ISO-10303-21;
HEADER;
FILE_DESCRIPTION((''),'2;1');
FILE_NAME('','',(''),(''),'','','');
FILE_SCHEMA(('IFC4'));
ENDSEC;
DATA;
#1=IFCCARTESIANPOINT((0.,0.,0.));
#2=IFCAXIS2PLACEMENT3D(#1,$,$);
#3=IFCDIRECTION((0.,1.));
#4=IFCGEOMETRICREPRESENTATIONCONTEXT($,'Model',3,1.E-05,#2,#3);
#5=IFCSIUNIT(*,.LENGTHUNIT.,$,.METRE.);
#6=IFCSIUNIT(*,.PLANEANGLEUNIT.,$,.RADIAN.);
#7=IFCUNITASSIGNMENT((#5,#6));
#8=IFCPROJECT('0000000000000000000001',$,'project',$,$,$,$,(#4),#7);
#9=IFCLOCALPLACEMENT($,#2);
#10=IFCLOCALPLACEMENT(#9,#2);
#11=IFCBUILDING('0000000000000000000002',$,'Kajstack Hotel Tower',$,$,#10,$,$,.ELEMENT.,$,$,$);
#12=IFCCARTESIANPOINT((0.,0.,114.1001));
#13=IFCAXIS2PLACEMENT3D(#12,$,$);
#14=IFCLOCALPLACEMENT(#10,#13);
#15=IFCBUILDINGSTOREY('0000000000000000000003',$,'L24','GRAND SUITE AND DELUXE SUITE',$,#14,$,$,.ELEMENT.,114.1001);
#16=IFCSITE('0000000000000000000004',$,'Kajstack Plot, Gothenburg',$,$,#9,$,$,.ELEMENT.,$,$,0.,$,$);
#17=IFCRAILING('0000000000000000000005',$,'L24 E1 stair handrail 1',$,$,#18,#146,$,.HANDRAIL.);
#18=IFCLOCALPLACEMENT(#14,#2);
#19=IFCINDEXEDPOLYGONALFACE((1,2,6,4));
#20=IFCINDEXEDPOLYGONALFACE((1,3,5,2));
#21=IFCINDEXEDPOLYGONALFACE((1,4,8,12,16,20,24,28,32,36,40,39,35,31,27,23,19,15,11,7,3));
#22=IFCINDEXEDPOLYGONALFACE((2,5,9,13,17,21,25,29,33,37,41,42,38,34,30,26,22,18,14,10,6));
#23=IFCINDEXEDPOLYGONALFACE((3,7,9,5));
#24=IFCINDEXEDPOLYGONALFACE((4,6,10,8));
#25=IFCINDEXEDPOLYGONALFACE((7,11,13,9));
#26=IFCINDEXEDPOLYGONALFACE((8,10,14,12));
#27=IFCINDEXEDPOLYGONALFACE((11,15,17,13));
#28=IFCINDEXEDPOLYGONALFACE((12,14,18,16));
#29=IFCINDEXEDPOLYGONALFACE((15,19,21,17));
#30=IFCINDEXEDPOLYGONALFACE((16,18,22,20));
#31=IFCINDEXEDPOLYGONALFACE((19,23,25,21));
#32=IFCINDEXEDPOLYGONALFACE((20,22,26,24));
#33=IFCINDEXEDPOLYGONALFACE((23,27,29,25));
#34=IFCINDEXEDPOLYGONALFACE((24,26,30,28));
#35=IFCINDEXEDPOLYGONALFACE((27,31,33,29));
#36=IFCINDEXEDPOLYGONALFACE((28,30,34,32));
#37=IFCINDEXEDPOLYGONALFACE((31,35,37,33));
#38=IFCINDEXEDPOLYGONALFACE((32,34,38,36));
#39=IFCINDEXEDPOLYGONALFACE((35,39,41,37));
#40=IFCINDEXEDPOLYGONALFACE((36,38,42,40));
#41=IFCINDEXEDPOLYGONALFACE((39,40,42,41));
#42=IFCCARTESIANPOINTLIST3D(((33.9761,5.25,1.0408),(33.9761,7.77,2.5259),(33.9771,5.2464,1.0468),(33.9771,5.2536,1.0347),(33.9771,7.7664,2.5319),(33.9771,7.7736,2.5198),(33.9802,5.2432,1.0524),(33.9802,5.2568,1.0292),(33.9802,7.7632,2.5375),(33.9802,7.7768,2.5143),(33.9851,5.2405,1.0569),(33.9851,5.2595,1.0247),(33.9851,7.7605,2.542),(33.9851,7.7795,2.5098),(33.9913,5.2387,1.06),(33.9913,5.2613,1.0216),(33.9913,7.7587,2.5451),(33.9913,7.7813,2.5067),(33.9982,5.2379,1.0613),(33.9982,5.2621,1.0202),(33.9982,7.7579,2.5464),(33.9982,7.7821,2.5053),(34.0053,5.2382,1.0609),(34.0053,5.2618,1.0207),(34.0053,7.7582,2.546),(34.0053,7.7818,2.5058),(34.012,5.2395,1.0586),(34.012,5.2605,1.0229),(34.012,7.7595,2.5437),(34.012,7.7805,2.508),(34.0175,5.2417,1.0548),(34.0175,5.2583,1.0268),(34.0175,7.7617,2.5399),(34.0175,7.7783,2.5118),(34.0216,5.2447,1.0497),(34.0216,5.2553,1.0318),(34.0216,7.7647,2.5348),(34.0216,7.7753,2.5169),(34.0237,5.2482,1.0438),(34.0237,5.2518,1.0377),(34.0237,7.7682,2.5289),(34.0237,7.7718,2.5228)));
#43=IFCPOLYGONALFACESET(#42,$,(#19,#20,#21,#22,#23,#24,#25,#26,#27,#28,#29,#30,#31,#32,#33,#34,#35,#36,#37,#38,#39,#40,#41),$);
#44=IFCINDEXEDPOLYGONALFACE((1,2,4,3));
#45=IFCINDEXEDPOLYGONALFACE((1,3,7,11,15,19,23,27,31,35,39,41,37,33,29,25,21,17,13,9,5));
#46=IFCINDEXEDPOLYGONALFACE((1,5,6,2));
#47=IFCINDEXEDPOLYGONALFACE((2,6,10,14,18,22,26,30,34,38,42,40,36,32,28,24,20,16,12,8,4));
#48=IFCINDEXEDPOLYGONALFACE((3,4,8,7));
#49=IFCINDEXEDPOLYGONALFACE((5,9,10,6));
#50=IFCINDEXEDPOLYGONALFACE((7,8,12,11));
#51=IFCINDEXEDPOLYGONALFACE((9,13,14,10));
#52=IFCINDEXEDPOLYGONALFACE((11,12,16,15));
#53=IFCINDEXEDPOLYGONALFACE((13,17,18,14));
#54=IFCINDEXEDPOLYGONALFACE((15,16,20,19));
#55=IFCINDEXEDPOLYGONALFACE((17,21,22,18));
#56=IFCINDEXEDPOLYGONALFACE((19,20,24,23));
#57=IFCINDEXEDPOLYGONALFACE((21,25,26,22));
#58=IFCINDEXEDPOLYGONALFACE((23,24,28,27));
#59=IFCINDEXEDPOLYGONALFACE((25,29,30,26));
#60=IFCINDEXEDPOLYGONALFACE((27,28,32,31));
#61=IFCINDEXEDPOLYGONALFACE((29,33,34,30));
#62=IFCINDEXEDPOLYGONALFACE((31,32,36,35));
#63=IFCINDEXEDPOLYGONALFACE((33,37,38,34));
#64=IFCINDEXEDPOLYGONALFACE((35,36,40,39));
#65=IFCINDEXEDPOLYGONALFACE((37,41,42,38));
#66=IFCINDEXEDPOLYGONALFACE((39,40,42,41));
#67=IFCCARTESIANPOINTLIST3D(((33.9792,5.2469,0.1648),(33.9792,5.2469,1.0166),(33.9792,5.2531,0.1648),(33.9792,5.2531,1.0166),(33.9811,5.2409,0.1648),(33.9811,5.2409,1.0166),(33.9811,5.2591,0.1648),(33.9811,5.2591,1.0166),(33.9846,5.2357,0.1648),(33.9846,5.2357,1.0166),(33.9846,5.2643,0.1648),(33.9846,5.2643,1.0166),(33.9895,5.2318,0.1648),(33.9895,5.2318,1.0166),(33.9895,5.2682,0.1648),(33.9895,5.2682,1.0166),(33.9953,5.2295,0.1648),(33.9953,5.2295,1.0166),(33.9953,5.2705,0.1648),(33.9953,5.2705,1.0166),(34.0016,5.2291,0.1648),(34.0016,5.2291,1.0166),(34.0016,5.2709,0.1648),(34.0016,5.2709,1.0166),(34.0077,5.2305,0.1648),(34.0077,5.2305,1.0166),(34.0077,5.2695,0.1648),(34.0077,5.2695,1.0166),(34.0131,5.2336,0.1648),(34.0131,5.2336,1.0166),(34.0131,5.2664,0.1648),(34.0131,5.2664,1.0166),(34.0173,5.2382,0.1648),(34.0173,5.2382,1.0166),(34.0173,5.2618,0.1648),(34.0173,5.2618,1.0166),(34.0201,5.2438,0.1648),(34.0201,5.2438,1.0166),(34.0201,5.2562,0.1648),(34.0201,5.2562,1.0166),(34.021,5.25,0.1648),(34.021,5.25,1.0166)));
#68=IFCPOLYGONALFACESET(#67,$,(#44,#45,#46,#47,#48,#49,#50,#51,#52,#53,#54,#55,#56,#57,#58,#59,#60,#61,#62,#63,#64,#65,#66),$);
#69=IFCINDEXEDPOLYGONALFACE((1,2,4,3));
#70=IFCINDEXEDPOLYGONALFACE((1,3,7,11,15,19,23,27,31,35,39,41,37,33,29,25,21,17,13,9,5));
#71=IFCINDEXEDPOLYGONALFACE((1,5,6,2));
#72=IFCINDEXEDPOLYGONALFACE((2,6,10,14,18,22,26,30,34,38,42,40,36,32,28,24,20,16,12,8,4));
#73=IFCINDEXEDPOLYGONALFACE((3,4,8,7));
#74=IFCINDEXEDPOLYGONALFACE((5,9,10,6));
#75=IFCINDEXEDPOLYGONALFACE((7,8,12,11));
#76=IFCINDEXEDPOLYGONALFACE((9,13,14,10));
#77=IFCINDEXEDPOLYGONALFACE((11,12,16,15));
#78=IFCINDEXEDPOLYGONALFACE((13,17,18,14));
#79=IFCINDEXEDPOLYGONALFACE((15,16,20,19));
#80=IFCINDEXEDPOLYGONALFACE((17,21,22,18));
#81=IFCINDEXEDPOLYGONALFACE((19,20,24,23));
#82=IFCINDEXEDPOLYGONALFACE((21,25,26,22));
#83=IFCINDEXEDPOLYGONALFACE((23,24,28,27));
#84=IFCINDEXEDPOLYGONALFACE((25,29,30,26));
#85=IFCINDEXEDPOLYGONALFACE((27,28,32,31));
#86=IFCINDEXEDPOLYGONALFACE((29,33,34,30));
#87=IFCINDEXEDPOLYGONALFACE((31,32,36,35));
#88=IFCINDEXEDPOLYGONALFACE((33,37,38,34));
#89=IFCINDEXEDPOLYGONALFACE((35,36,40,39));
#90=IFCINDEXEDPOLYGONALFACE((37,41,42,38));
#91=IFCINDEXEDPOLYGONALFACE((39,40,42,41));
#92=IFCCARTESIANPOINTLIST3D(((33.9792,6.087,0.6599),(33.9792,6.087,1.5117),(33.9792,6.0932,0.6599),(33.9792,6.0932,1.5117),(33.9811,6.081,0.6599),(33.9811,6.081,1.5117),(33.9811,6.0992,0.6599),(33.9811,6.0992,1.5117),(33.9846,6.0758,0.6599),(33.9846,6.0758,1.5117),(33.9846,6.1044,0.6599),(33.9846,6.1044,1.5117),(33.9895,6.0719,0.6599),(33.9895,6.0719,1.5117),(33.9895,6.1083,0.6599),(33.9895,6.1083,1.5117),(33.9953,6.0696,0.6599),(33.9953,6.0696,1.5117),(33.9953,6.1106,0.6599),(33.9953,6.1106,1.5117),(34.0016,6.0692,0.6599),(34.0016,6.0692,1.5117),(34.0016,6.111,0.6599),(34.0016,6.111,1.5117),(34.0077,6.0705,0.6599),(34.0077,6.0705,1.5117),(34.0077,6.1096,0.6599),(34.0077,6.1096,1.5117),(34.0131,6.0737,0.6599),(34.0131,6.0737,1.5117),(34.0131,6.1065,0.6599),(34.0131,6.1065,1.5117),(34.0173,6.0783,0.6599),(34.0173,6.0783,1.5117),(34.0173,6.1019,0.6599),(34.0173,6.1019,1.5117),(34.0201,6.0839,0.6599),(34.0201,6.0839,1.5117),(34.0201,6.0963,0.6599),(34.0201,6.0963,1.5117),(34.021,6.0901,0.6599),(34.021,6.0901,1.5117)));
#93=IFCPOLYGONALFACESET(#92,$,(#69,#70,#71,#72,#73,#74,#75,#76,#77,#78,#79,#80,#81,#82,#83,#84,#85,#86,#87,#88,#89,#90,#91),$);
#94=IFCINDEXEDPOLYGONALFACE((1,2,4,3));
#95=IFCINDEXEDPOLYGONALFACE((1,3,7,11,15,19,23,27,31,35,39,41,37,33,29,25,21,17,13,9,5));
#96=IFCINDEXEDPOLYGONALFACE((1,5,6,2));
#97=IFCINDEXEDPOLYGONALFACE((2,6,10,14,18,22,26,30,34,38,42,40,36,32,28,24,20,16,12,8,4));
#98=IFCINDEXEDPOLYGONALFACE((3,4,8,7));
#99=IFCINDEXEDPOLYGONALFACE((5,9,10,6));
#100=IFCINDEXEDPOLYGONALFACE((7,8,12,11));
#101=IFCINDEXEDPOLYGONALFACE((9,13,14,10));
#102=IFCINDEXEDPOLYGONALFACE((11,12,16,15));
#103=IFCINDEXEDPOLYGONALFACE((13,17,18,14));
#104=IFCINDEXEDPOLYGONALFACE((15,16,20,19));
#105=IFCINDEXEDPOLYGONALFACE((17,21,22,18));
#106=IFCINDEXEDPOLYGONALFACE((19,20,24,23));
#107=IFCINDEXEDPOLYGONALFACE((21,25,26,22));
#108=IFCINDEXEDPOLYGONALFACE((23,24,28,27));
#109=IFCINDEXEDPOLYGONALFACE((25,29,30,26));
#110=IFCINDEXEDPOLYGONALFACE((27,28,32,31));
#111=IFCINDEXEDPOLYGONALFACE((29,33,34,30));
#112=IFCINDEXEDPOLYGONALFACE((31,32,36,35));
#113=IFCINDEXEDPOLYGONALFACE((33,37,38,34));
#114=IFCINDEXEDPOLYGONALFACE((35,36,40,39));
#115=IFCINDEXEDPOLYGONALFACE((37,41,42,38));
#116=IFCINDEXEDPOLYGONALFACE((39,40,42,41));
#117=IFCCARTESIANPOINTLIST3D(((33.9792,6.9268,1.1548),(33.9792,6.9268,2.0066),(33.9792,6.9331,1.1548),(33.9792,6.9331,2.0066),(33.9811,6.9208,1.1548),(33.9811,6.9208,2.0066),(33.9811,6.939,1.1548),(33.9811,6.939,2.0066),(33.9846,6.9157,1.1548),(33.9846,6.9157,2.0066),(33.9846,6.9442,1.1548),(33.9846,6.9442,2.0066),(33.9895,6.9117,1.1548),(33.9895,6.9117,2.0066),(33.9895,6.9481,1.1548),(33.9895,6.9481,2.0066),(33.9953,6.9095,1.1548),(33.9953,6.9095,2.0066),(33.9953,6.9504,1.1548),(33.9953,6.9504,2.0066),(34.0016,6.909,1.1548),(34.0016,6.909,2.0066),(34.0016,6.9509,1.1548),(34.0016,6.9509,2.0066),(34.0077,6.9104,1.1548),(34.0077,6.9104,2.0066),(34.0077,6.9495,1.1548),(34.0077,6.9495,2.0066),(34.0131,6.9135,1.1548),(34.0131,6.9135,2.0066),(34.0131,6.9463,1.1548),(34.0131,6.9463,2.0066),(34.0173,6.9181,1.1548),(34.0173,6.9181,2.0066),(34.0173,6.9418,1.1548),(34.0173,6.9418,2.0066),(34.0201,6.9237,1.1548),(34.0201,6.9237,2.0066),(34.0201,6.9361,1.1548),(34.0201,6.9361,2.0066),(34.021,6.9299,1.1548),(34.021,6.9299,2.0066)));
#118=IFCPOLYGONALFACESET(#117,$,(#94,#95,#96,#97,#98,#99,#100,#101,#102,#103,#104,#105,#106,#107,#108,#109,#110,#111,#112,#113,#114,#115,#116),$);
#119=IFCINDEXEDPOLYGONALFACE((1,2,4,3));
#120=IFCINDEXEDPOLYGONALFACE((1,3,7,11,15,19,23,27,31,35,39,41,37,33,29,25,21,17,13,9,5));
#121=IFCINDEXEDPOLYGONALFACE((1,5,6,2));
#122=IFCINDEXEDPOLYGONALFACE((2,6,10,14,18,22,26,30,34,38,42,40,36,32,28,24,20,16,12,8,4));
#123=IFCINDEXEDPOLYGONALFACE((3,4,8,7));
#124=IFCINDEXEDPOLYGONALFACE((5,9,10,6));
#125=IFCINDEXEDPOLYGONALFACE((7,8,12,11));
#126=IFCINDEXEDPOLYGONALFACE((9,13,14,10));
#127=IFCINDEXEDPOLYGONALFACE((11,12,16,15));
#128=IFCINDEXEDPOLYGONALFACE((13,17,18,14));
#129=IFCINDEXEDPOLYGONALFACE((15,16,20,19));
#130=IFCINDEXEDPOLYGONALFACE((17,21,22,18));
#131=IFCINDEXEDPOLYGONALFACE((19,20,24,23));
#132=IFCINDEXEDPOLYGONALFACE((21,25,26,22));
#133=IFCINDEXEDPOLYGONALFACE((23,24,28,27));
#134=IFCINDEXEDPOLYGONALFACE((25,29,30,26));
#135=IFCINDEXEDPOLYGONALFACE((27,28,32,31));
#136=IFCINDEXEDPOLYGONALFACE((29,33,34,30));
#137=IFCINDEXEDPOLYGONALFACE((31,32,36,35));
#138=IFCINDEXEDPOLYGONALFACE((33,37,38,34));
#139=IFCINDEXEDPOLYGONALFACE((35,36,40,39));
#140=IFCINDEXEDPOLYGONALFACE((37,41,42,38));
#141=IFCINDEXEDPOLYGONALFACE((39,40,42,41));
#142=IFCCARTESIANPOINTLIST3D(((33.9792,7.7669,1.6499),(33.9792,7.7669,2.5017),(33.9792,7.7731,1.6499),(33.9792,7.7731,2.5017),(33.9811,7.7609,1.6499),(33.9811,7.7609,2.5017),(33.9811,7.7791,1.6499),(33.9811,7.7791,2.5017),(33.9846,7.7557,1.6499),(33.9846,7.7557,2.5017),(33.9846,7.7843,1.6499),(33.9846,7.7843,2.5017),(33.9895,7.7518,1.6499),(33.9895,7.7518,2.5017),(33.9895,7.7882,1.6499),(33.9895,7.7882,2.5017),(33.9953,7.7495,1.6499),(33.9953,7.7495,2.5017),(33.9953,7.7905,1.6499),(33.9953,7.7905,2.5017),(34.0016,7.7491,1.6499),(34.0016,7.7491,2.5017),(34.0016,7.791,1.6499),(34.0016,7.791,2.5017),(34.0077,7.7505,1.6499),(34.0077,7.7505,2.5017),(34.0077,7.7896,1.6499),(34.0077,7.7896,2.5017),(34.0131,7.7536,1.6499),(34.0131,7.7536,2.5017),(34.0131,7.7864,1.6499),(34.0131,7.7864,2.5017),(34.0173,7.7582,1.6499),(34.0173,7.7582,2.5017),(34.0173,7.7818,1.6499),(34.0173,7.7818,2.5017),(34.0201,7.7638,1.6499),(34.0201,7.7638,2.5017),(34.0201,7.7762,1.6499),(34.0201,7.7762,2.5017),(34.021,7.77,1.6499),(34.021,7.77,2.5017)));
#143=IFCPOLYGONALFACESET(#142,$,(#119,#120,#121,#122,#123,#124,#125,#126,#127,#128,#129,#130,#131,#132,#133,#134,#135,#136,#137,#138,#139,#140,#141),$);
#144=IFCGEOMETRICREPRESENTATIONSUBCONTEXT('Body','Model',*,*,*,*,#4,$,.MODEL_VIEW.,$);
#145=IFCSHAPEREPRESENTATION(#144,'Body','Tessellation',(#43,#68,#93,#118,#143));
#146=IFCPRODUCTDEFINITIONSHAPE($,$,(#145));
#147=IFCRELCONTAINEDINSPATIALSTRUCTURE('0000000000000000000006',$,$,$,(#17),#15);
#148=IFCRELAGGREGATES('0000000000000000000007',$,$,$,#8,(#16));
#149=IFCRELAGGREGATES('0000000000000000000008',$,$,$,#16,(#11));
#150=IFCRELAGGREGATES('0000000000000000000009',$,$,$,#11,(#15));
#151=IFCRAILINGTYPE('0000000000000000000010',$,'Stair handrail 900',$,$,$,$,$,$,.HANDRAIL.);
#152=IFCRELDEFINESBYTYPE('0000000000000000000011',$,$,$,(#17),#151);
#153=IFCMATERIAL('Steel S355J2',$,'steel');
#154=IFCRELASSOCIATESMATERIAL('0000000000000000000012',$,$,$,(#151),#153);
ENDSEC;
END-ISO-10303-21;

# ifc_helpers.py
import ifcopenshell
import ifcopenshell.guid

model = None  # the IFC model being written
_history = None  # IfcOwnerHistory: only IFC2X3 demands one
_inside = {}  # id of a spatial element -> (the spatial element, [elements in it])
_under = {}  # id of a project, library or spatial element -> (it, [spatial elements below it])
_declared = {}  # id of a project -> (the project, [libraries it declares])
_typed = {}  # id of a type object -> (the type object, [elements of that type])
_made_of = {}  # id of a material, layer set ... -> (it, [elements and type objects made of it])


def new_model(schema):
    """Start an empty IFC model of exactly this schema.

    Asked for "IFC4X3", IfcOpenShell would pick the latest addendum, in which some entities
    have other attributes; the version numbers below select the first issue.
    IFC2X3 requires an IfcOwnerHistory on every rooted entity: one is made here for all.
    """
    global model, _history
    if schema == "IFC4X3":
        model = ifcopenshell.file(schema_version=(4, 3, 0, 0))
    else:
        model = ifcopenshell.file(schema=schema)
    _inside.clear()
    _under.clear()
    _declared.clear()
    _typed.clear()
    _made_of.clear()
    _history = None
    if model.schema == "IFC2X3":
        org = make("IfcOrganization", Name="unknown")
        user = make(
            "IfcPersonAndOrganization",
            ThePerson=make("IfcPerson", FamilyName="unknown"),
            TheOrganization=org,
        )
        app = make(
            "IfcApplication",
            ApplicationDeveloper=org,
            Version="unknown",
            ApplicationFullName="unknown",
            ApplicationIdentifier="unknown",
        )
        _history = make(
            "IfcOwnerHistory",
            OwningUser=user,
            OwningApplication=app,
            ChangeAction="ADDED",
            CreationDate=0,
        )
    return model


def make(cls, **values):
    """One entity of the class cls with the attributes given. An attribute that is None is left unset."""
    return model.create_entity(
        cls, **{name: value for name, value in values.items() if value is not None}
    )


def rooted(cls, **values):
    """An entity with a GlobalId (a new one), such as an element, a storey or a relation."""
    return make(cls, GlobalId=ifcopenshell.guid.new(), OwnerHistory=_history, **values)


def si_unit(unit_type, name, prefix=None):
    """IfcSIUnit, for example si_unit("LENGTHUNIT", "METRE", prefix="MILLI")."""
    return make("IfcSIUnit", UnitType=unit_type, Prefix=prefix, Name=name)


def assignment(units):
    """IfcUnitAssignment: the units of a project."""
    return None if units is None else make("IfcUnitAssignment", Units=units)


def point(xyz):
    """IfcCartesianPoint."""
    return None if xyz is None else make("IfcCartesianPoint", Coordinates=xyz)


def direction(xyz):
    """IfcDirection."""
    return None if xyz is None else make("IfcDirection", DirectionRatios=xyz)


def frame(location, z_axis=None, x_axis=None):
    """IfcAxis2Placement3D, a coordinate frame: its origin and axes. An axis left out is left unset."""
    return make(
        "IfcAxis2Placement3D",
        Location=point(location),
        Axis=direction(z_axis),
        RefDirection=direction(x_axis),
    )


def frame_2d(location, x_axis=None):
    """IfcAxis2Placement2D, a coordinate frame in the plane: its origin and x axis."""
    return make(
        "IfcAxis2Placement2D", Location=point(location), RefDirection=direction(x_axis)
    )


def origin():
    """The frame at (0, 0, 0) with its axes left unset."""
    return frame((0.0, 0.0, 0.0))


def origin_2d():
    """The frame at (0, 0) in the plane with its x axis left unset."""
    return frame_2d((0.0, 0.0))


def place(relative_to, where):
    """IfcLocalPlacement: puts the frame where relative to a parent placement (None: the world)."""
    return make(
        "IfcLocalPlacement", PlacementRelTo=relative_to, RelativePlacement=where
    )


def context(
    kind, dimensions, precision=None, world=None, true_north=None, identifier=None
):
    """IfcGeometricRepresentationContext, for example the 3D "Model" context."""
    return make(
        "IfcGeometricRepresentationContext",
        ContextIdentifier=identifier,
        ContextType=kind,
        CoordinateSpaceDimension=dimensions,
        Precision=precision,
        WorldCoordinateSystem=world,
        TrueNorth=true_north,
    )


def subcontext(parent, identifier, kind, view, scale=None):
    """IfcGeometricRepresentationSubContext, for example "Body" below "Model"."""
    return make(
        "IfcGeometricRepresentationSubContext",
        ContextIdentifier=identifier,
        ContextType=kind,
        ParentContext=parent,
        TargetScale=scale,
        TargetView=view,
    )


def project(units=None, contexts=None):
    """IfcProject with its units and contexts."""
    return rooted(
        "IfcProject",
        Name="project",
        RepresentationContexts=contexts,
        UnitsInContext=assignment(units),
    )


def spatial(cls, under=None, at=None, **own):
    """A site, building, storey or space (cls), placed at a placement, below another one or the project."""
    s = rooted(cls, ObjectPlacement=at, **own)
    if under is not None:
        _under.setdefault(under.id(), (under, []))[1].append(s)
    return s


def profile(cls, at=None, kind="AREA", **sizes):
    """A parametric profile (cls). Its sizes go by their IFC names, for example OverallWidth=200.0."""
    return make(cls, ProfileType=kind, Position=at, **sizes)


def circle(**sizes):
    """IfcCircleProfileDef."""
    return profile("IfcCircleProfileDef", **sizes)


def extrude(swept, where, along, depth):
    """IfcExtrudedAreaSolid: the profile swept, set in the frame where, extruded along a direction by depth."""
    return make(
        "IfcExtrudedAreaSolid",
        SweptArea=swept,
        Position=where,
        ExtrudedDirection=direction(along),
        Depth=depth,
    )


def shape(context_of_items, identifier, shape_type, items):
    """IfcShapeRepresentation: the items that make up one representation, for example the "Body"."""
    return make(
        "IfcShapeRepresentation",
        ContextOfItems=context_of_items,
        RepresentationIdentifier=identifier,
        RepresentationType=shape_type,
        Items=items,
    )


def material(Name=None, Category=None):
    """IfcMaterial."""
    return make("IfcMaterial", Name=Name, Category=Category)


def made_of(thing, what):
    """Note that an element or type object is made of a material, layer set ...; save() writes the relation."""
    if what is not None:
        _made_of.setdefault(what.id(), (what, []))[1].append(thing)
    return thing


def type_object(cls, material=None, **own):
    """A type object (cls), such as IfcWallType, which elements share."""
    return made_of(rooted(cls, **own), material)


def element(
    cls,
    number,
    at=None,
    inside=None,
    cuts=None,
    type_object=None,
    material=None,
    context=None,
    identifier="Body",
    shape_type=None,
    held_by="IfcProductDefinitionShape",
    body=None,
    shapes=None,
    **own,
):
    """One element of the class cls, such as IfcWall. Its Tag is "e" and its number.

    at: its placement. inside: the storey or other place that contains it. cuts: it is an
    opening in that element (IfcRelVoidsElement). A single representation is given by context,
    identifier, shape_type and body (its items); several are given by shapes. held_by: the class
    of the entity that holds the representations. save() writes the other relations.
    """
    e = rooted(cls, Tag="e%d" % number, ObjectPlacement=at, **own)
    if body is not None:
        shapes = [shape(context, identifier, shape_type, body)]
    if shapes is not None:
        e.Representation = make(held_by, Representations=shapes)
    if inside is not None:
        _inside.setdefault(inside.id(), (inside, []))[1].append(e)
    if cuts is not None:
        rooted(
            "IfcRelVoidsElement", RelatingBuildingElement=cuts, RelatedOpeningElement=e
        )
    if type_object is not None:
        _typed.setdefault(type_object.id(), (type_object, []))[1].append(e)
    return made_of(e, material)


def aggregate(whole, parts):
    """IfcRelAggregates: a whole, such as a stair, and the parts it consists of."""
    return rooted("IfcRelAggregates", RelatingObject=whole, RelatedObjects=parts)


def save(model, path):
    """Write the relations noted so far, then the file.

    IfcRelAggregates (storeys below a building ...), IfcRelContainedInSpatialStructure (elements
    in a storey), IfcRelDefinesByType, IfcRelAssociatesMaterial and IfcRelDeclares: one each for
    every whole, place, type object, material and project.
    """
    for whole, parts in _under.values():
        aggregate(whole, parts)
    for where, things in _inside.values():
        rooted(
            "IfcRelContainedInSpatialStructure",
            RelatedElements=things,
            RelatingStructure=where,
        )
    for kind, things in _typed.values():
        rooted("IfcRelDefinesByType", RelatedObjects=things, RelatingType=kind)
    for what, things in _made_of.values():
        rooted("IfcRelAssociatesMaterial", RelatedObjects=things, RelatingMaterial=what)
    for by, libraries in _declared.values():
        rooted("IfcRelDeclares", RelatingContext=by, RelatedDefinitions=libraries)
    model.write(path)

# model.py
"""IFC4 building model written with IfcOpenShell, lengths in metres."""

from ifc_helpers import new_model, si_unit, direction, frame, origin, origin_2d, place, context, subcontext, project, spatial, circle, extrude, material, type_object, element, save


model = new_model("IFC4")

# Units and contexts
model_context = context("Model", 3, precision=1e-05, world=origin(), true_north=direction((0.0, 1.0)))
body_context = subcontext(model_context, "Body", "Model", "MODEL_VIEW")
ifc_project = project(units=[si_unit("LENGTHUNIT", "METRE"), si_unit("PLANEANGLEUNIT", "RADIAN")], contexts=[model_context])

# Site, building, storey
site_placement = place(None, origin())
site = spatial("IfcSite", under=ifc_project, at=site_placement, Name="Kajstack Plot, Gothenburg", CompositionType="ELEMENT", RefElevation=0.0)
building_placement = place(site_placement, origin())
building = spatial("IfcBuilding", under=site, at=building_placement, Name="Kajstack Hotel Tower", CompositionType="ELEMENT")
storey_placement = place(building_placement, frame((0.0, 0.0, 114.1001)))
storey = spatial("IfcBuildingStorey", under=building, at=storey_placement, Name="L24", Description="GRAND SUITE AND DELUXE SUITE", CompositionType="ELEMENT", Elevation=114.1001)

# Railing
ifc_material_1 = material(Name="Steel S355J2", Category="steel")
railing_type_1 = type_object("IfcRailingType", Name="Stair handrail 900", PredefinedType="HANDRAIL", material=ifc_material_1)
railing_1_placement = place(storey_placement, frame((34.0, 5.25, 0.1648)))
element("IfcRailing", 1, at=railing_1_placement, inside=storey, type_object=railing_type_1, Name="L24 E1 stair handrail 1", PredefinedType="HANDRAIL", context=body_context, shape_type="SweptSolid", body=[
    extrude(circle(Radius=0.0239, at=origin_2d()), frame((0.0, 0.0, 0.876), z_axis=(0.0, 0.861524, 0.507717), x_axis=(-1.0, 0.0, 0.0)), (0.0, 0.0, 1.0), 2.925),
    extrude(circle(Radius=0.021, at=origin_2d()), origin(), (0.0, 0.0, 1.0), 0.8518),
    extrude(circle(Radius=0.021, at=origin_2d()), frame((0.0, 0.8401, 0.4951)), (0.0, 0.0, 1.0), 0.8518),
    extrude(circle(Radius=0.021, at=origin_2d()), frame((0.0, 1.6799, 0.99)), (0.0, 0.0, 1.0), 0.8518),
    extrude(circle(Radius=0.021, at=origin_2d()), frame((0.0, 2.52, 1.4851)), (0.0, 0.0, 1.0), 0.8518),
])

save(model, "model.ifc")
